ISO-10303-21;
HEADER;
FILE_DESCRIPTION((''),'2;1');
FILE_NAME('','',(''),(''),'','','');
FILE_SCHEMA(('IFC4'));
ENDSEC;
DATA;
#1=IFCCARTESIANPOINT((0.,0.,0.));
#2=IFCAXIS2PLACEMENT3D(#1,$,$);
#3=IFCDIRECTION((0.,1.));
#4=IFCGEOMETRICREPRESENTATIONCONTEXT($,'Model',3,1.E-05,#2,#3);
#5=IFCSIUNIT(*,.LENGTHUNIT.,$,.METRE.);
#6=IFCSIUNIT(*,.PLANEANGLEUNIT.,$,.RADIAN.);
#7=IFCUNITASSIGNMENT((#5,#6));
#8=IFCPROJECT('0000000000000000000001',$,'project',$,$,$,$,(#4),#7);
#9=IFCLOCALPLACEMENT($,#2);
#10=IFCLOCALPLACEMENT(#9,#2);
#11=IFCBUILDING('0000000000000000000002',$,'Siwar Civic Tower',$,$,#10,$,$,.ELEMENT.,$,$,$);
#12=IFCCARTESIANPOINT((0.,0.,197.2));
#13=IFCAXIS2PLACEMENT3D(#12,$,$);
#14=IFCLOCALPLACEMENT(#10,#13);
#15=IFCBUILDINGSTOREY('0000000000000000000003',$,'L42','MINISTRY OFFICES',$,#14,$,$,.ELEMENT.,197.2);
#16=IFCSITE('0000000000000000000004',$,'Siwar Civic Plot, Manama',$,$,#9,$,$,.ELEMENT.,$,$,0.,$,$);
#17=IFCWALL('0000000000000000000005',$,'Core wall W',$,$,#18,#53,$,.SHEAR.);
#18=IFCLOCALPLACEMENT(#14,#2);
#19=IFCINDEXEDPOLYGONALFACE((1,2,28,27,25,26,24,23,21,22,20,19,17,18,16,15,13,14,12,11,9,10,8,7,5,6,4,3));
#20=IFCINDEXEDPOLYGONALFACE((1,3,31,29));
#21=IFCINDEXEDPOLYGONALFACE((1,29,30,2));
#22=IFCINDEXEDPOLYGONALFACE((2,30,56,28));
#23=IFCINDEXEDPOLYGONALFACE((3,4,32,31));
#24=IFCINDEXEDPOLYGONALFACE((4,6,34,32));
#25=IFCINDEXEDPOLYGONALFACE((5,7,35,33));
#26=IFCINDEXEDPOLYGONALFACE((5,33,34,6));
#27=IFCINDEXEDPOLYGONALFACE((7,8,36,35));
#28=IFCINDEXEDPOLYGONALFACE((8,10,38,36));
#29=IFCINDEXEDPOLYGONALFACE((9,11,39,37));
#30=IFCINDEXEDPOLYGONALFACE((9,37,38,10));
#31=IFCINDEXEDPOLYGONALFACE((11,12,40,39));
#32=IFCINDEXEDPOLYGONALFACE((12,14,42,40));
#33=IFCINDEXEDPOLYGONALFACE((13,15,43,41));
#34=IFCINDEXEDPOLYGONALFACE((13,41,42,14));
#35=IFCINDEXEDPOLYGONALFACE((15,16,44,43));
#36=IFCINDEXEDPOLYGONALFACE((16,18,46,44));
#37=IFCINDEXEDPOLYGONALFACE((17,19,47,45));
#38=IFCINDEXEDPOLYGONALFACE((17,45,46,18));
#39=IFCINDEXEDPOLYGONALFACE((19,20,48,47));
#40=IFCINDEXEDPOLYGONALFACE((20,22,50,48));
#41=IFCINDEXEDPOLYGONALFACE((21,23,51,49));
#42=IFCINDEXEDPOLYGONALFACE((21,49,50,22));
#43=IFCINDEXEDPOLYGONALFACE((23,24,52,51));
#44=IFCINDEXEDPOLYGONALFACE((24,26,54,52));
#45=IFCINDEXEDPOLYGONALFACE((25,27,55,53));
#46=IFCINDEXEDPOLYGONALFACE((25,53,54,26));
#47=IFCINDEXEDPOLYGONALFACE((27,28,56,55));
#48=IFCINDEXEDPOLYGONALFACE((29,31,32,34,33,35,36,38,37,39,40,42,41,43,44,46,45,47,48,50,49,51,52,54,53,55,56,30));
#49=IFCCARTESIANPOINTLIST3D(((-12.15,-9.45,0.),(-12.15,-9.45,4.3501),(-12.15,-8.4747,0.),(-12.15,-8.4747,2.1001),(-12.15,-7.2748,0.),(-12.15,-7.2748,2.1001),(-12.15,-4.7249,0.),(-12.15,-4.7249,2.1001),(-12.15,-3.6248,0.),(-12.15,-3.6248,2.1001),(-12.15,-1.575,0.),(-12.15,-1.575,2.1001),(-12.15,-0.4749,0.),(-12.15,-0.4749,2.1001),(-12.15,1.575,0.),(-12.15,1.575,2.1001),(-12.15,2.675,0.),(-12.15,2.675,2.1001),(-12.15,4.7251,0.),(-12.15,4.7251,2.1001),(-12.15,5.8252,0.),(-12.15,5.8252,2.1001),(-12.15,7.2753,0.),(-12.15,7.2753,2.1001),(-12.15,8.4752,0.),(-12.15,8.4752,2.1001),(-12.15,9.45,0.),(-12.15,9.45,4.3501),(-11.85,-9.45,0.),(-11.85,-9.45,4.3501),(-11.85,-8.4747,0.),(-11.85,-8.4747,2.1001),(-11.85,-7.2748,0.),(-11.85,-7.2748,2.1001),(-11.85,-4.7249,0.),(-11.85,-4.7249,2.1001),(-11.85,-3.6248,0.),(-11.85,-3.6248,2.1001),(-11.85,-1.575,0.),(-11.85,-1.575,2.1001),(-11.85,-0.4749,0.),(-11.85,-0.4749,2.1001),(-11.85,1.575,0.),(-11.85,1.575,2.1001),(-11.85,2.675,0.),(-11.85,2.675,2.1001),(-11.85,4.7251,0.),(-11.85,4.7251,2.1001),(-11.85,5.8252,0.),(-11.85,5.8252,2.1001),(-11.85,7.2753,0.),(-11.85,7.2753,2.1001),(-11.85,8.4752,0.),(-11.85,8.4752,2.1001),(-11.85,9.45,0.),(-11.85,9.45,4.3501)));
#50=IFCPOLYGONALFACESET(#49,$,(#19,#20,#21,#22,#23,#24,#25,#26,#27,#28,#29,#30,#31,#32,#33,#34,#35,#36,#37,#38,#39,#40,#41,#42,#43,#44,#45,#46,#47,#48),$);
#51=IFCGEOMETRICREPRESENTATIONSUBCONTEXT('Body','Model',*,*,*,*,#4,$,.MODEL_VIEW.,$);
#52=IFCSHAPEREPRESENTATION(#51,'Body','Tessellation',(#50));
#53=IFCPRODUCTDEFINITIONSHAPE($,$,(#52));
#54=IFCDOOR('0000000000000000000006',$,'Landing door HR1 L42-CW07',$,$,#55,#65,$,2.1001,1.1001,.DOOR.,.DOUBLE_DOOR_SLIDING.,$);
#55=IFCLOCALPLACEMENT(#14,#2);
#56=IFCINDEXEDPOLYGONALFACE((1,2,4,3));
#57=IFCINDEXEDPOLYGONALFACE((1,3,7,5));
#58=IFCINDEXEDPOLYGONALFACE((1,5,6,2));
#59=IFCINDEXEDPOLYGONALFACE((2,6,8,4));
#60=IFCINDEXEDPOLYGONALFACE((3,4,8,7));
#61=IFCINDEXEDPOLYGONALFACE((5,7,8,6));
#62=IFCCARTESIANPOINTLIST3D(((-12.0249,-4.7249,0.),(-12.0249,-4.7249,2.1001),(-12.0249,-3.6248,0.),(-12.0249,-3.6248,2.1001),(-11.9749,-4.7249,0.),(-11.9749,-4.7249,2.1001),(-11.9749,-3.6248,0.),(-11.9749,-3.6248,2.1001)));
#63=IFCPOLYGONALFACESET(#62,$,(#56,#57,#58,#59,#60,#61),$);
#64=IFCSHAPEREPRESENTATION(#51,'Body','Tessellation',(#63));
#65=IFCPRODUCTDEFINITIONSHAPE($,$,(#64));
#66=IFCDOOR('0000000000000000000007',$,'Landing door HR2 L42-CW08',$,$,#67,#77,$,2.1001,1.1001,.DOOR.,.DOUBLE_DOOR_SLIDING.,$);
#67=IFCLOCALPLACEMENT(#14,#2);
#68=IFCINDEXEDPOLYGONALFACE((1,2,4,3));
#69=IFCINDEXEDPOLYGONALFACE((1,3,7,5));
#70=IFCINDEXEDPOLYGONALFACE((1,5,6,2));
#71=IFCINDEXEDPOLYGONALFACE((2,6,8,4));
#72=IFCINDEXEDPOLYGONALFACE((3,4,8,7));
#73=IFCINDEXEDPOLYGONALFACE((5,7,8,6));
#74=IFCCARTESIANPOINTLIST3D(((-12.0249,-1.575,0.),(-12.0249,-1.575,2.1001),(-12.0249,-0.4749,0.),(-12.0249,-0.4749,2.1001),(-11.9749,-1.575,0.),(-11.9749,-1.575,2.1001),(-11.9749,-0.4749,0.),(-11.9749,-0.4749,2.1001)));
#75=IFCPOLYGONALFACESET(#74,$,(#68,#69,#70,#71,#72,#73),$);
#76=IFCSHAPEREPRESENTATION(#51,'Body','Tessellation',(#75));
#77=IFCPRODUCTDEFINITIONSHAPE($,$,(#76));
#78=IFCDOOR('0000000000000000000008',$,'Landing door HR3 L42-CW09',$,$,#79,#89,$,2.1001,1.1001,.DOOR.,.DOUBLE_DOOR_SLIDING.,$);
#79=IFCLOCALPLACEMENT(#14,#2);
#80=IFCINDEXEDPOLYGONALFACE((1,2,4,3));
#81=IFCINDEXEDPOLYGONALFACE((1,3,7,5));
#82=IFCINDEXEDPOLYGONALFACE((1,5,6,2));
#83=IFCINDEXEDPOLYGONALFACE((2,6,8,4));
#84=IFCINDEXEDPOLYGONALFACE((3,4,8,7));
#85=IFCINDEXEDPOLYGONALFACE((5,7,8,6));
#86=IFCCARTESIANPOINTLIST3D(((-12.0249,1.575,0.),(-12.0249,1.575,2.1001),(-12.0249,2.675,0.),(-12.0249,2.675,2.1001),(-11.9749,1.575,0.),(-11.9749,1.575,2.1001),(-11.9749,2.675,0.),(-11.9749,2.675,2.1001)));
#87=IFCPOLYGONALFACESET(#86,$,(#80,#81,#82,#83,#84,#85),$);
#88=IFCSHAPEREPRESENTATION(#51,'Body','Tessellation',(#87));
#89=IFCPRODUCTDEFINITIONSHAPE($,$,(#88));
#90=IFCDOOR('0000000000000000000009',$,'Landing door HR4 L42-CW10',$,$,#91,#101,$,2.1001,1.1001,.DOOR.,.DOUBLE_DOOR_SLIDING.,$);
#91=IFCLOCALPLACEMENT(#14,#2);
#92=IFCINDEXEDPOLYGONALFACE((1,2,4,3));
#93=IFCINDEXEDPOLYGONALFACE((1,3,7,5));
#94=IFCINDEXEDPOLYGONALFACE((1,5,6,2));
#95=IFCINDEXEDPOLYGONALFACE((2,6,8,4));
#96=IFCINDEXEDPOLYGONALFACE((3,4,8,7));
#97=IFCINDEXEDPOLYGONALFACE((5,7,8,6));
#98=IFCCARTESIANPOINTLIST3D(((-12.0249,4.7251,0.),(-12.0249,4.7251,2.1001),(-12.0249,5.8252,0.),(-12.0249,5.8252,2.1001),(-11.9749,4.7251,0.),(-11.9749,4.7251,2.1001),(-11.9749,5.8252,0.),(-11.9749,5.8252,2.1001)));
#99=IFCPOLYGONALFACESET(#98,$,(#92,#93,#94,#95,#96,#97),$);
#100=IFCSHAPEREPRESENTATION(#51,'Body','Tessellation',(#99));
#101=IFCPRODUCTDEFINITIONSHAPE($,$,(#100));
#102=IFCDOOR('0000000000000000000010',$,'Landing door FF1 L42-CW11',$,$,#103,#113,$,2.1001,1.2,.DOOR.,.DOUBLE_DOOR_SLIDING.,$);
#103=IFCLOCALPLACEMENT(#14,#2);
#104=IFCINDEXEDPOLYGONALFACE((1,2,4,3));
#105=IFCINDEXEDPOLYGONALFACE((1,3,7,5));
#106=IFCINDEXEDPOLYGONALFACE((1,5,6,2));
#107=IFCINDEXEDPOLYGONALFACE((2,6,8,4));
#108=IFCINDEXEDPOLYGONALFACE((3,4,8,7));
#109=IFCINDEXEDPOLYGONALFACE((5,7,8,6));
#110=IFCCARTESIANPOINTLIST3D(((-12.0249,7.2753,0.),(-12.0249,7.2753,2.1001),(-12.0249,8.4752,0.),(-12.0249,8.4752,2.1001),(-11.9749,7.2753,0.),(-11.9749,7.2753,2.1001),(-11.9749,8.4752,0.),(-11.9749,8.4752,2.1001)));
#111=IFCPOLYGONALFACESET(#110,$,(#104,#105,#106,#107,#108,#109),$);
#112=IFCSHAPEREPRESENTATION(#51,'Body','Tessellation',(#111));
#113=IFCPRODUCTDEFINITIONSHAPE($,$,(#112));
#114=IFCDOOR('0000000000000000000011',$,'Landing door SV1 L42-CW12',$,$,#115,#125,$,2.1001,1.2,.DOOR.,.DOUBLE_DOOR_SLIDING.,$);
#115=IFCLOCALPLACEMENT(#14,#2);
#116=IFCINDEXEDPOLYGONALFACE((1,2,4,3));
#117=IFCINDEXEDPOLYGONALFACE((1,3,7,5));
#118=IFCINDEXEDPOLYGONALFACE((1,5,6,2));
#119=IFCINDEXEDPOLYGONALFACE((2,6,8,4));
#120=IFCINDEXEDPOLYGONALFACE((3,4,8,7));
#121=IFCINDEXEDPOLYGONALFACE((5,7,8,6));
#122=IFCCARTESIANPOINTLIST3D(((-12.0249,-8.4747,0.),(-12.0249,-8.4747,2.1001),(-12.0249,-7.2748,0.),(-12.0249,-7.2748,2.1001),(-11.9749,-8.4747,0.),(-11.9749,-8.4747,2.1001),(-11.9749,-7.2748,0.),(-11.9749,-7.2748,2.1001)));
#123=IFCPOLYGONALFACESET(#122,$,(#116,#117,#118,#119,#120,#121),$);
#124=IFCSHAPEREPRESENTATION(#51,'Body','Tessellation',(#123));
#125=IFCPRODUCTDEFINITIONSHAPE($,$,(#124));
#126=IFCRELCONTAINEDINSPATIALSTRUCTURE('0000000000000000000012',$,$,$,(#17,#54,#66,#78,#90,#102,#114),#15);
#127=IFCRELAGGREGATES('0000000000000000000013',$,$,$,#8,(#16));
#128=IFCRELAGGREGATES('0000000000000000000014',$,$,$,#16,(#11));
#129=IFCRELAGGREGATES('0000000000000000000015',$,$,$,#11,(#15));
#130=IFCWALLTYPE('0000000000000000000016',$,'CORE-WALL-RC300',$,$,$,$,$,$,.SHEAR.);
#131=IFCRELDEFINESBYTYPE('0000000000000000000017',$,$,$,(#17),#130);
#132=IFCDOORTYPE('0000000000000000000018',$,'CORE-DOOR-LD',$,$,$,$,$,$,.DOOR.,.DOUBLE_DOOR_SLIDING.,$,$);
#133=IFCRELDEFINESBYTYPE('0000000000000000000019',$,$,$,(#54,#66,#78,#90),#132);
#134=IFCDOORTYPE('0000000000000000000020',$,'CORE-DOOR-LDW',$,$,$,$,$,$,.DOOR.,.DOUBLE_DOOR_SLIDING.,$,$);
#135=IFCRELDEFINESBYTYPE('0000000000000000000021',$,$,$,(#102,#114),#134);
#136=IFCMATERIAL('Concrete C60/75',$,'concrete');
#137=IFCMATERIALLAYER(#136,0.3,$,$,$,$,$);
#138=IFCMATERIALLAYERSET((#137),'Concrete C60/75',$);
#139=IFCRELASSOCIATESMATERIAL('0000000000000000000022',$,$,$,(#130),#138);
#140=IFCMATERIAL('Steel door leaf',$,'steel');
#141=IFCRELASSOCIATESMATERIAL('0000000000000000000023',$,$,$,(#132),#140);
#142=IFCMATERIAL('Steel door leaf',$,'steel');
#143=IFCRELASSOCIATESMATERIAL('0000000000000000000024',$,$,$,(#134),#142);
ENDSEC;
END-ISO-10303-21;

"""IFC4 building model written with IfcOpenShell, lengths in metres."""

from ifc_helpers import new_model, si_unit, direction, frame, frame_2d, origin, place, context, subcontext, project, spatial, rectangle, extrude, material, layer, layer_set, type_object, element, fill, save


model = new_model("IFC4")

# Units and contexts
model_context = context("Model", 3, precision=1e-05, world=origin(), true_north=direction((0.0, 1.0)))
body_context = subcontext(model_context, "Body", "Model", "MODEL_VIEW")
ifc_project = project(units=[si_unit("LENGTHUNIT", "METRE"), si_unit("PLANEANGLEUNIT", "RADIAN")], contexts=[model_context])

# Site, building, storey
site_placement = place(None, origin())
site = spatial("IfcSite", under=ifc_project, at=site_placement, Name="Siwar Civic Plot, Manama", CompositionType="ELEMENT", RefElevation=0.0)
building_placement = place(site_placement, origin())
building = spatial("IfcBuilding", under=site, at=building_placement, Name="Siwar Civic Tower", CompositionType="ELEMENT")
storey_placement = place(building_placement, frame((0.0, 0.0, 197.2)))
storey = spatial("IfcBuildingStorey", under=building, at=storey_placement, Name="L42", Description="MINISTRY OFFICES", CompositionType="ELEMENT", Elevation=197.2)

# Wall, openings, doors
ifc_material_1 = material(Name="Concrete C60/75", Category="concrete")
ifc_layer_1 = layer(ifc_material_1, 0.3)
ifc_layer_set_1 = layer_set([ifc_layer_1], Name="Concrete C60/75")
wall_type_1 = type_object("IfcWallType", Name="CORE-WALL-RC300", PredefinedType="SHEAR", material=ifc_layer_set_1)
wall_1_placement = place(storey_placement, frame((-12.0, -9.45, 0.0), z_axis=(0.0, 0.0, 1.0), x_axis=(0.0, 1.0, 0.0)))
wall_1 = element("IfcWall", 1, at=wall_1_placement, inside=storey, type_object=wall_type_1, Name="Core wall W", PredefinedType="SHEAR", context=body_context, shape_type="SweptSolid", body=[
    extrude(rectangle(XDim=18.8999, YDim=0.3, at=frame_2d((9.45, 0.0))), origin(), (0.0, 0.0, 1.0), 4.3501),
])
opening_1_placement = place(wall_1_placement, frame((4.7251, 0.0, 0.0)))
opening_1 = element("IfcOpeningElement", 2, at=opening_1_placement, cuts=wall_1, PredefinedType="OPENING", context=body_context, shape_type="SweptSolid", body=[
    extrude(rectangle(XDim=1.1001, YDim=2.1001, at=frame_2d((0.55, 1.05))), frame((0.0, 0.1602, 0.0), z_axis=(0.0, -1.0, 0.0), x_axis=(1.0, 0.0, 0.0)), (0.0, 0.0, 1.0), 0.3201),
])
opening_2_placement = place(wall_1_placement, frame((7.875, 0.0, 0.0)))
opening_2 = element("IfcOpeningElement", 3, at=opening_2_placement, cuts=wall_1, PredefinedType="OPENING", context=body_context, shape_type="SweptSolid", body=[
    extrude(rectangle(XDim=1.1001, YDim=2.1001, at=frame_2d((0.55, 1.05))), frame((0.0, 0.1602, 0.0), z_axis=(0.0, -1.0, 0.0), x_axis=(1.0, 0.0, 0.0)), (0.0, 0.0, 1.0), 0.3201),
])
opening_3_placement = place(wall_1_placement, frame((11.0249, 0.0, 0.0)))
opening_3 = element("IfcOpeningElement", 4, at=opening_3_placement, cuts=wall_1, PredefinedType="OPENING", context=body_context, shape_type="SweptSolid", body=[
    extrude(rectangle(XDim=1.1001, YDim=2.1001, at=frame_2d((0.55, 1.05))), frame((0.0, 0.1602, 0.0), z_axis=(0.0, -1.0, 0.0), x_axis=(1.0, 0.0, 0.0)), (0.0, 0.0, 1.0), 0.3201),
])
opening_4_placement = place(wall_1_placement, frame((14.175, 0.0, 0.0)))
opening_4 = element("IfcOpeningElement", 5, at=opening_4_placement, cuts=wall_1, PredefinedType="OPENING", context=body_context, shape_type="SweptSolid", body=[
    extrude(rectangle(XDim=1.1001, YDim=2.1001, at=frame_2d((0.55, 1.05))), frame((0.0, 0.1602, 0.0), z_axis=(0.0, -1.0, 0.0), x_axis=(1.0, 0.0, 0.0)), (0.0, 0.0, 1.0), 0.3201),
])
opening_5_placement = place(wall_1_placement, frame((16.7251, 0.0, 0.0)))
opening_5 = element("IfcOpeningElement", 6, at=opening_5_placement, cuts=wall_1, PredefinedType="OPENING", context=body_context, shape_type="SweptSolid", body=[
    extrude(rectangle(XDim=1.2, YDim=2.1001, at=frame_2d((0.6001, 1.05))), frame((0.0, 0.1602, 0.0), z_axis=(0.0, -1.0, 0.0), x_axis=(1.0, 0.0, 0.0)), (0.0, 0.0, 1.0), 0.3201),
])
opening_6_placement = place(wall_1_placement, frame((0.9751, 0.0, 0.0)))
opening_6 = element("IfcOpeningElement", 7, at=opening_6_placement, cuts=wall_1, PredefinedType="OPENING", context=body_context, shape_type="SweptSolid", body=[
    extrude(rectangle(XDim=1.2, YDim=2.1001, at=frame_2d((0.6001, 1.05))), frame((0.0, 0.1602, 0.0), z_axis=(0.0, -1.0, 0.0), x_axis=(1.0, 0.0, 0.0)), (0.0, 0.0, 1.0), 0.3201),
])
ifc_material_2 = material(Name="Steel door leaf", Category="steel")
door_type_1 = type_object("IfcDoorType", Name="CORE-DOOR-LD", OperationType="DOUBLE_DOOR_SLIDING", PredefinedType="DOOR", material=ifc_material_2)
door_1_placement = place(opening_1_placement, origin())
door_1 = element("IfcDoor", 8, at=door_1_placement, inside=storey, type_object=door_type_1, Name="Landing door HR1 L42-CW07", OperationType="DOUBLE_DOOR_SLIDING", OverallHeight=2.1001, OverallWidth=1.1001, PredefinedType="DOOR", context=body_context, shape_type="SweptSolid", body=[
    extrude(rectangle(XDim=1.1001, YDim=2.1001, at=frame_2d((0.55, 1.05))), frame((0.0, 0.0249, 0.0), z_axis=(0.0, -1.0, 0.0), x_axis=(1.0, 0.0, 0.0)), (0.0, 0.0, 1.0), 0.05),
])
fill(opening_1, door_1)
door_2_placement = place(opening_2_placement, origin())
door_2 = element("IfcDoor", 9, at=door_2_placement, inside=storey, type_object=door_type_1, Name="Landing door HR2 L42-CW08", OperationType="DOUBLE_DOOR_SLIDING", OverallHeight=2.1001, OverallWidth=1.1001, PredefinedType="DOOR", context=body_context, shape_type="SweptSolid", body=[
    extrude(rectangle(XDim=1.1001, YDim=2.1001, at=frame_2d((0.55, 1.05))), frame((0.0, 0.0249, 0.0), z_axis=(0.0, -1.0, 0.0), x_axis=(1.0, 0.0, 0.0)), (0.0, 0.0, 1.0), 0.05),
])
fill(opening_2, door_2)
door_3_placement = place(opening_3_placement, origin())
door_3 = element("IfcDoor", 10, at=door_3_placement, inside=storey, type_object=door_type_1, Name="Landing door HR3 L42-CW09", OperationType="DOUBLE_DOOR_SLIDING", OverallHeight=2.1001, OverallWidth=1.1001, PredefinedType="DOOR", context=body_context, shape_type="SweptSolid", body=[
    extrude(rectangle(XDim=1.1001, YDim=2.1001, at=frame_2d((0.55, 1.05))), frame((0.0, 0.0249, 0.0), z_axis=(0.0, -1.0, 0.0), x_axis=(1.0, 0.0, 0.0)), (0.0, 0.0, 1.0), 0.05),
])
fill(opening_3, door_3)
door_4_placement = place(opening_4_placement, origin())
door_4 = element("IfcDoor", 11, at=door_4_placement, inside=storey, type_object=door_type_1, Name="Landing door HR4 L42-CW10", OperationType="DOUBLE_DOOR_SLIDING", OverallHeight=2.1001, OverallWidth=1.1001, PredefinedType="DOOR", context=body_context, shape_type="SweptSolid", body=[
    extrude(rectangle(XDim=1.1001, YDim=2.1001, at=frame_2d((0.55, 1.05))), frame((0.0, 0.0249, 0.0), z_axis=(0.0, -1.0, 0.0), x_axis=(1.0, 0.0, 0.0)), (0.0, 0.0, 1.0), 0.05),
])
fill(opening_4, door_4)
ifc_material_3 = material(Name="Steel door leaf", Category="steel")
door_type_2 = type_object("IfcDoorType", Name="CORE-DOOR-LDW", OperationType="DOUBLE_DOOR_SLIDING", PredefinedType="DOOR", material=ifc_material_3)
door_5_placement = place(opening_5_placement, origin())
door_5 = element("IfcDoor", 12, at=door_5_placement, inside=storey, type_object=door_type_2, Name="Landing door FF1 L42-CW11", OperationType="DOUBLE_DOOR_SLIDING", OverallHeight=2.1001, OverallWidth=1.2, PredefinedType="DOOR", context=body_context, shape_type="SweptSolid", body=[
    extrude(rectangle(XDim=1.2, YDim=2.1001, at=frame_2d((0.6001, 1.05))), frame((0.0, 0.0249, 0.0), z_axis=(0.0, -1.0, 0.0), x_axis=(1.0, 0.0, 0.0)), (0.0, 0.0, 1.0), 0.05),
])
fill(opening_5, door_5)
door_6_placement = place(opening_6_placement, origin())
door_6 = element("IfcDoor", 13, at=door_6_placement, inside=storey, type_object=door_type_2, Name="Landing door SV1 L42-CW12", OperationType="DOUBLE_DOOR_SLIDING", OverallHeight=2.1001, OverallWidth=1.2, PredefinedType="DOOR", context=body_context, shape_type="SweptSolid", body=[
    extrude(rectangle(XDim=1.2, YDim=2.1001, at=frame_2d((0.6001, 1.05))), frame((0.0, 0.0249, 0.0), z_axis=(0.0, -1.0, 0.0), x_axis=(1.0, 0.0, 0.0)), (0.0, 0.0, 1.0), 0.05),
])
fill(opening_6, door_6)

save(model, "model.ifc")
